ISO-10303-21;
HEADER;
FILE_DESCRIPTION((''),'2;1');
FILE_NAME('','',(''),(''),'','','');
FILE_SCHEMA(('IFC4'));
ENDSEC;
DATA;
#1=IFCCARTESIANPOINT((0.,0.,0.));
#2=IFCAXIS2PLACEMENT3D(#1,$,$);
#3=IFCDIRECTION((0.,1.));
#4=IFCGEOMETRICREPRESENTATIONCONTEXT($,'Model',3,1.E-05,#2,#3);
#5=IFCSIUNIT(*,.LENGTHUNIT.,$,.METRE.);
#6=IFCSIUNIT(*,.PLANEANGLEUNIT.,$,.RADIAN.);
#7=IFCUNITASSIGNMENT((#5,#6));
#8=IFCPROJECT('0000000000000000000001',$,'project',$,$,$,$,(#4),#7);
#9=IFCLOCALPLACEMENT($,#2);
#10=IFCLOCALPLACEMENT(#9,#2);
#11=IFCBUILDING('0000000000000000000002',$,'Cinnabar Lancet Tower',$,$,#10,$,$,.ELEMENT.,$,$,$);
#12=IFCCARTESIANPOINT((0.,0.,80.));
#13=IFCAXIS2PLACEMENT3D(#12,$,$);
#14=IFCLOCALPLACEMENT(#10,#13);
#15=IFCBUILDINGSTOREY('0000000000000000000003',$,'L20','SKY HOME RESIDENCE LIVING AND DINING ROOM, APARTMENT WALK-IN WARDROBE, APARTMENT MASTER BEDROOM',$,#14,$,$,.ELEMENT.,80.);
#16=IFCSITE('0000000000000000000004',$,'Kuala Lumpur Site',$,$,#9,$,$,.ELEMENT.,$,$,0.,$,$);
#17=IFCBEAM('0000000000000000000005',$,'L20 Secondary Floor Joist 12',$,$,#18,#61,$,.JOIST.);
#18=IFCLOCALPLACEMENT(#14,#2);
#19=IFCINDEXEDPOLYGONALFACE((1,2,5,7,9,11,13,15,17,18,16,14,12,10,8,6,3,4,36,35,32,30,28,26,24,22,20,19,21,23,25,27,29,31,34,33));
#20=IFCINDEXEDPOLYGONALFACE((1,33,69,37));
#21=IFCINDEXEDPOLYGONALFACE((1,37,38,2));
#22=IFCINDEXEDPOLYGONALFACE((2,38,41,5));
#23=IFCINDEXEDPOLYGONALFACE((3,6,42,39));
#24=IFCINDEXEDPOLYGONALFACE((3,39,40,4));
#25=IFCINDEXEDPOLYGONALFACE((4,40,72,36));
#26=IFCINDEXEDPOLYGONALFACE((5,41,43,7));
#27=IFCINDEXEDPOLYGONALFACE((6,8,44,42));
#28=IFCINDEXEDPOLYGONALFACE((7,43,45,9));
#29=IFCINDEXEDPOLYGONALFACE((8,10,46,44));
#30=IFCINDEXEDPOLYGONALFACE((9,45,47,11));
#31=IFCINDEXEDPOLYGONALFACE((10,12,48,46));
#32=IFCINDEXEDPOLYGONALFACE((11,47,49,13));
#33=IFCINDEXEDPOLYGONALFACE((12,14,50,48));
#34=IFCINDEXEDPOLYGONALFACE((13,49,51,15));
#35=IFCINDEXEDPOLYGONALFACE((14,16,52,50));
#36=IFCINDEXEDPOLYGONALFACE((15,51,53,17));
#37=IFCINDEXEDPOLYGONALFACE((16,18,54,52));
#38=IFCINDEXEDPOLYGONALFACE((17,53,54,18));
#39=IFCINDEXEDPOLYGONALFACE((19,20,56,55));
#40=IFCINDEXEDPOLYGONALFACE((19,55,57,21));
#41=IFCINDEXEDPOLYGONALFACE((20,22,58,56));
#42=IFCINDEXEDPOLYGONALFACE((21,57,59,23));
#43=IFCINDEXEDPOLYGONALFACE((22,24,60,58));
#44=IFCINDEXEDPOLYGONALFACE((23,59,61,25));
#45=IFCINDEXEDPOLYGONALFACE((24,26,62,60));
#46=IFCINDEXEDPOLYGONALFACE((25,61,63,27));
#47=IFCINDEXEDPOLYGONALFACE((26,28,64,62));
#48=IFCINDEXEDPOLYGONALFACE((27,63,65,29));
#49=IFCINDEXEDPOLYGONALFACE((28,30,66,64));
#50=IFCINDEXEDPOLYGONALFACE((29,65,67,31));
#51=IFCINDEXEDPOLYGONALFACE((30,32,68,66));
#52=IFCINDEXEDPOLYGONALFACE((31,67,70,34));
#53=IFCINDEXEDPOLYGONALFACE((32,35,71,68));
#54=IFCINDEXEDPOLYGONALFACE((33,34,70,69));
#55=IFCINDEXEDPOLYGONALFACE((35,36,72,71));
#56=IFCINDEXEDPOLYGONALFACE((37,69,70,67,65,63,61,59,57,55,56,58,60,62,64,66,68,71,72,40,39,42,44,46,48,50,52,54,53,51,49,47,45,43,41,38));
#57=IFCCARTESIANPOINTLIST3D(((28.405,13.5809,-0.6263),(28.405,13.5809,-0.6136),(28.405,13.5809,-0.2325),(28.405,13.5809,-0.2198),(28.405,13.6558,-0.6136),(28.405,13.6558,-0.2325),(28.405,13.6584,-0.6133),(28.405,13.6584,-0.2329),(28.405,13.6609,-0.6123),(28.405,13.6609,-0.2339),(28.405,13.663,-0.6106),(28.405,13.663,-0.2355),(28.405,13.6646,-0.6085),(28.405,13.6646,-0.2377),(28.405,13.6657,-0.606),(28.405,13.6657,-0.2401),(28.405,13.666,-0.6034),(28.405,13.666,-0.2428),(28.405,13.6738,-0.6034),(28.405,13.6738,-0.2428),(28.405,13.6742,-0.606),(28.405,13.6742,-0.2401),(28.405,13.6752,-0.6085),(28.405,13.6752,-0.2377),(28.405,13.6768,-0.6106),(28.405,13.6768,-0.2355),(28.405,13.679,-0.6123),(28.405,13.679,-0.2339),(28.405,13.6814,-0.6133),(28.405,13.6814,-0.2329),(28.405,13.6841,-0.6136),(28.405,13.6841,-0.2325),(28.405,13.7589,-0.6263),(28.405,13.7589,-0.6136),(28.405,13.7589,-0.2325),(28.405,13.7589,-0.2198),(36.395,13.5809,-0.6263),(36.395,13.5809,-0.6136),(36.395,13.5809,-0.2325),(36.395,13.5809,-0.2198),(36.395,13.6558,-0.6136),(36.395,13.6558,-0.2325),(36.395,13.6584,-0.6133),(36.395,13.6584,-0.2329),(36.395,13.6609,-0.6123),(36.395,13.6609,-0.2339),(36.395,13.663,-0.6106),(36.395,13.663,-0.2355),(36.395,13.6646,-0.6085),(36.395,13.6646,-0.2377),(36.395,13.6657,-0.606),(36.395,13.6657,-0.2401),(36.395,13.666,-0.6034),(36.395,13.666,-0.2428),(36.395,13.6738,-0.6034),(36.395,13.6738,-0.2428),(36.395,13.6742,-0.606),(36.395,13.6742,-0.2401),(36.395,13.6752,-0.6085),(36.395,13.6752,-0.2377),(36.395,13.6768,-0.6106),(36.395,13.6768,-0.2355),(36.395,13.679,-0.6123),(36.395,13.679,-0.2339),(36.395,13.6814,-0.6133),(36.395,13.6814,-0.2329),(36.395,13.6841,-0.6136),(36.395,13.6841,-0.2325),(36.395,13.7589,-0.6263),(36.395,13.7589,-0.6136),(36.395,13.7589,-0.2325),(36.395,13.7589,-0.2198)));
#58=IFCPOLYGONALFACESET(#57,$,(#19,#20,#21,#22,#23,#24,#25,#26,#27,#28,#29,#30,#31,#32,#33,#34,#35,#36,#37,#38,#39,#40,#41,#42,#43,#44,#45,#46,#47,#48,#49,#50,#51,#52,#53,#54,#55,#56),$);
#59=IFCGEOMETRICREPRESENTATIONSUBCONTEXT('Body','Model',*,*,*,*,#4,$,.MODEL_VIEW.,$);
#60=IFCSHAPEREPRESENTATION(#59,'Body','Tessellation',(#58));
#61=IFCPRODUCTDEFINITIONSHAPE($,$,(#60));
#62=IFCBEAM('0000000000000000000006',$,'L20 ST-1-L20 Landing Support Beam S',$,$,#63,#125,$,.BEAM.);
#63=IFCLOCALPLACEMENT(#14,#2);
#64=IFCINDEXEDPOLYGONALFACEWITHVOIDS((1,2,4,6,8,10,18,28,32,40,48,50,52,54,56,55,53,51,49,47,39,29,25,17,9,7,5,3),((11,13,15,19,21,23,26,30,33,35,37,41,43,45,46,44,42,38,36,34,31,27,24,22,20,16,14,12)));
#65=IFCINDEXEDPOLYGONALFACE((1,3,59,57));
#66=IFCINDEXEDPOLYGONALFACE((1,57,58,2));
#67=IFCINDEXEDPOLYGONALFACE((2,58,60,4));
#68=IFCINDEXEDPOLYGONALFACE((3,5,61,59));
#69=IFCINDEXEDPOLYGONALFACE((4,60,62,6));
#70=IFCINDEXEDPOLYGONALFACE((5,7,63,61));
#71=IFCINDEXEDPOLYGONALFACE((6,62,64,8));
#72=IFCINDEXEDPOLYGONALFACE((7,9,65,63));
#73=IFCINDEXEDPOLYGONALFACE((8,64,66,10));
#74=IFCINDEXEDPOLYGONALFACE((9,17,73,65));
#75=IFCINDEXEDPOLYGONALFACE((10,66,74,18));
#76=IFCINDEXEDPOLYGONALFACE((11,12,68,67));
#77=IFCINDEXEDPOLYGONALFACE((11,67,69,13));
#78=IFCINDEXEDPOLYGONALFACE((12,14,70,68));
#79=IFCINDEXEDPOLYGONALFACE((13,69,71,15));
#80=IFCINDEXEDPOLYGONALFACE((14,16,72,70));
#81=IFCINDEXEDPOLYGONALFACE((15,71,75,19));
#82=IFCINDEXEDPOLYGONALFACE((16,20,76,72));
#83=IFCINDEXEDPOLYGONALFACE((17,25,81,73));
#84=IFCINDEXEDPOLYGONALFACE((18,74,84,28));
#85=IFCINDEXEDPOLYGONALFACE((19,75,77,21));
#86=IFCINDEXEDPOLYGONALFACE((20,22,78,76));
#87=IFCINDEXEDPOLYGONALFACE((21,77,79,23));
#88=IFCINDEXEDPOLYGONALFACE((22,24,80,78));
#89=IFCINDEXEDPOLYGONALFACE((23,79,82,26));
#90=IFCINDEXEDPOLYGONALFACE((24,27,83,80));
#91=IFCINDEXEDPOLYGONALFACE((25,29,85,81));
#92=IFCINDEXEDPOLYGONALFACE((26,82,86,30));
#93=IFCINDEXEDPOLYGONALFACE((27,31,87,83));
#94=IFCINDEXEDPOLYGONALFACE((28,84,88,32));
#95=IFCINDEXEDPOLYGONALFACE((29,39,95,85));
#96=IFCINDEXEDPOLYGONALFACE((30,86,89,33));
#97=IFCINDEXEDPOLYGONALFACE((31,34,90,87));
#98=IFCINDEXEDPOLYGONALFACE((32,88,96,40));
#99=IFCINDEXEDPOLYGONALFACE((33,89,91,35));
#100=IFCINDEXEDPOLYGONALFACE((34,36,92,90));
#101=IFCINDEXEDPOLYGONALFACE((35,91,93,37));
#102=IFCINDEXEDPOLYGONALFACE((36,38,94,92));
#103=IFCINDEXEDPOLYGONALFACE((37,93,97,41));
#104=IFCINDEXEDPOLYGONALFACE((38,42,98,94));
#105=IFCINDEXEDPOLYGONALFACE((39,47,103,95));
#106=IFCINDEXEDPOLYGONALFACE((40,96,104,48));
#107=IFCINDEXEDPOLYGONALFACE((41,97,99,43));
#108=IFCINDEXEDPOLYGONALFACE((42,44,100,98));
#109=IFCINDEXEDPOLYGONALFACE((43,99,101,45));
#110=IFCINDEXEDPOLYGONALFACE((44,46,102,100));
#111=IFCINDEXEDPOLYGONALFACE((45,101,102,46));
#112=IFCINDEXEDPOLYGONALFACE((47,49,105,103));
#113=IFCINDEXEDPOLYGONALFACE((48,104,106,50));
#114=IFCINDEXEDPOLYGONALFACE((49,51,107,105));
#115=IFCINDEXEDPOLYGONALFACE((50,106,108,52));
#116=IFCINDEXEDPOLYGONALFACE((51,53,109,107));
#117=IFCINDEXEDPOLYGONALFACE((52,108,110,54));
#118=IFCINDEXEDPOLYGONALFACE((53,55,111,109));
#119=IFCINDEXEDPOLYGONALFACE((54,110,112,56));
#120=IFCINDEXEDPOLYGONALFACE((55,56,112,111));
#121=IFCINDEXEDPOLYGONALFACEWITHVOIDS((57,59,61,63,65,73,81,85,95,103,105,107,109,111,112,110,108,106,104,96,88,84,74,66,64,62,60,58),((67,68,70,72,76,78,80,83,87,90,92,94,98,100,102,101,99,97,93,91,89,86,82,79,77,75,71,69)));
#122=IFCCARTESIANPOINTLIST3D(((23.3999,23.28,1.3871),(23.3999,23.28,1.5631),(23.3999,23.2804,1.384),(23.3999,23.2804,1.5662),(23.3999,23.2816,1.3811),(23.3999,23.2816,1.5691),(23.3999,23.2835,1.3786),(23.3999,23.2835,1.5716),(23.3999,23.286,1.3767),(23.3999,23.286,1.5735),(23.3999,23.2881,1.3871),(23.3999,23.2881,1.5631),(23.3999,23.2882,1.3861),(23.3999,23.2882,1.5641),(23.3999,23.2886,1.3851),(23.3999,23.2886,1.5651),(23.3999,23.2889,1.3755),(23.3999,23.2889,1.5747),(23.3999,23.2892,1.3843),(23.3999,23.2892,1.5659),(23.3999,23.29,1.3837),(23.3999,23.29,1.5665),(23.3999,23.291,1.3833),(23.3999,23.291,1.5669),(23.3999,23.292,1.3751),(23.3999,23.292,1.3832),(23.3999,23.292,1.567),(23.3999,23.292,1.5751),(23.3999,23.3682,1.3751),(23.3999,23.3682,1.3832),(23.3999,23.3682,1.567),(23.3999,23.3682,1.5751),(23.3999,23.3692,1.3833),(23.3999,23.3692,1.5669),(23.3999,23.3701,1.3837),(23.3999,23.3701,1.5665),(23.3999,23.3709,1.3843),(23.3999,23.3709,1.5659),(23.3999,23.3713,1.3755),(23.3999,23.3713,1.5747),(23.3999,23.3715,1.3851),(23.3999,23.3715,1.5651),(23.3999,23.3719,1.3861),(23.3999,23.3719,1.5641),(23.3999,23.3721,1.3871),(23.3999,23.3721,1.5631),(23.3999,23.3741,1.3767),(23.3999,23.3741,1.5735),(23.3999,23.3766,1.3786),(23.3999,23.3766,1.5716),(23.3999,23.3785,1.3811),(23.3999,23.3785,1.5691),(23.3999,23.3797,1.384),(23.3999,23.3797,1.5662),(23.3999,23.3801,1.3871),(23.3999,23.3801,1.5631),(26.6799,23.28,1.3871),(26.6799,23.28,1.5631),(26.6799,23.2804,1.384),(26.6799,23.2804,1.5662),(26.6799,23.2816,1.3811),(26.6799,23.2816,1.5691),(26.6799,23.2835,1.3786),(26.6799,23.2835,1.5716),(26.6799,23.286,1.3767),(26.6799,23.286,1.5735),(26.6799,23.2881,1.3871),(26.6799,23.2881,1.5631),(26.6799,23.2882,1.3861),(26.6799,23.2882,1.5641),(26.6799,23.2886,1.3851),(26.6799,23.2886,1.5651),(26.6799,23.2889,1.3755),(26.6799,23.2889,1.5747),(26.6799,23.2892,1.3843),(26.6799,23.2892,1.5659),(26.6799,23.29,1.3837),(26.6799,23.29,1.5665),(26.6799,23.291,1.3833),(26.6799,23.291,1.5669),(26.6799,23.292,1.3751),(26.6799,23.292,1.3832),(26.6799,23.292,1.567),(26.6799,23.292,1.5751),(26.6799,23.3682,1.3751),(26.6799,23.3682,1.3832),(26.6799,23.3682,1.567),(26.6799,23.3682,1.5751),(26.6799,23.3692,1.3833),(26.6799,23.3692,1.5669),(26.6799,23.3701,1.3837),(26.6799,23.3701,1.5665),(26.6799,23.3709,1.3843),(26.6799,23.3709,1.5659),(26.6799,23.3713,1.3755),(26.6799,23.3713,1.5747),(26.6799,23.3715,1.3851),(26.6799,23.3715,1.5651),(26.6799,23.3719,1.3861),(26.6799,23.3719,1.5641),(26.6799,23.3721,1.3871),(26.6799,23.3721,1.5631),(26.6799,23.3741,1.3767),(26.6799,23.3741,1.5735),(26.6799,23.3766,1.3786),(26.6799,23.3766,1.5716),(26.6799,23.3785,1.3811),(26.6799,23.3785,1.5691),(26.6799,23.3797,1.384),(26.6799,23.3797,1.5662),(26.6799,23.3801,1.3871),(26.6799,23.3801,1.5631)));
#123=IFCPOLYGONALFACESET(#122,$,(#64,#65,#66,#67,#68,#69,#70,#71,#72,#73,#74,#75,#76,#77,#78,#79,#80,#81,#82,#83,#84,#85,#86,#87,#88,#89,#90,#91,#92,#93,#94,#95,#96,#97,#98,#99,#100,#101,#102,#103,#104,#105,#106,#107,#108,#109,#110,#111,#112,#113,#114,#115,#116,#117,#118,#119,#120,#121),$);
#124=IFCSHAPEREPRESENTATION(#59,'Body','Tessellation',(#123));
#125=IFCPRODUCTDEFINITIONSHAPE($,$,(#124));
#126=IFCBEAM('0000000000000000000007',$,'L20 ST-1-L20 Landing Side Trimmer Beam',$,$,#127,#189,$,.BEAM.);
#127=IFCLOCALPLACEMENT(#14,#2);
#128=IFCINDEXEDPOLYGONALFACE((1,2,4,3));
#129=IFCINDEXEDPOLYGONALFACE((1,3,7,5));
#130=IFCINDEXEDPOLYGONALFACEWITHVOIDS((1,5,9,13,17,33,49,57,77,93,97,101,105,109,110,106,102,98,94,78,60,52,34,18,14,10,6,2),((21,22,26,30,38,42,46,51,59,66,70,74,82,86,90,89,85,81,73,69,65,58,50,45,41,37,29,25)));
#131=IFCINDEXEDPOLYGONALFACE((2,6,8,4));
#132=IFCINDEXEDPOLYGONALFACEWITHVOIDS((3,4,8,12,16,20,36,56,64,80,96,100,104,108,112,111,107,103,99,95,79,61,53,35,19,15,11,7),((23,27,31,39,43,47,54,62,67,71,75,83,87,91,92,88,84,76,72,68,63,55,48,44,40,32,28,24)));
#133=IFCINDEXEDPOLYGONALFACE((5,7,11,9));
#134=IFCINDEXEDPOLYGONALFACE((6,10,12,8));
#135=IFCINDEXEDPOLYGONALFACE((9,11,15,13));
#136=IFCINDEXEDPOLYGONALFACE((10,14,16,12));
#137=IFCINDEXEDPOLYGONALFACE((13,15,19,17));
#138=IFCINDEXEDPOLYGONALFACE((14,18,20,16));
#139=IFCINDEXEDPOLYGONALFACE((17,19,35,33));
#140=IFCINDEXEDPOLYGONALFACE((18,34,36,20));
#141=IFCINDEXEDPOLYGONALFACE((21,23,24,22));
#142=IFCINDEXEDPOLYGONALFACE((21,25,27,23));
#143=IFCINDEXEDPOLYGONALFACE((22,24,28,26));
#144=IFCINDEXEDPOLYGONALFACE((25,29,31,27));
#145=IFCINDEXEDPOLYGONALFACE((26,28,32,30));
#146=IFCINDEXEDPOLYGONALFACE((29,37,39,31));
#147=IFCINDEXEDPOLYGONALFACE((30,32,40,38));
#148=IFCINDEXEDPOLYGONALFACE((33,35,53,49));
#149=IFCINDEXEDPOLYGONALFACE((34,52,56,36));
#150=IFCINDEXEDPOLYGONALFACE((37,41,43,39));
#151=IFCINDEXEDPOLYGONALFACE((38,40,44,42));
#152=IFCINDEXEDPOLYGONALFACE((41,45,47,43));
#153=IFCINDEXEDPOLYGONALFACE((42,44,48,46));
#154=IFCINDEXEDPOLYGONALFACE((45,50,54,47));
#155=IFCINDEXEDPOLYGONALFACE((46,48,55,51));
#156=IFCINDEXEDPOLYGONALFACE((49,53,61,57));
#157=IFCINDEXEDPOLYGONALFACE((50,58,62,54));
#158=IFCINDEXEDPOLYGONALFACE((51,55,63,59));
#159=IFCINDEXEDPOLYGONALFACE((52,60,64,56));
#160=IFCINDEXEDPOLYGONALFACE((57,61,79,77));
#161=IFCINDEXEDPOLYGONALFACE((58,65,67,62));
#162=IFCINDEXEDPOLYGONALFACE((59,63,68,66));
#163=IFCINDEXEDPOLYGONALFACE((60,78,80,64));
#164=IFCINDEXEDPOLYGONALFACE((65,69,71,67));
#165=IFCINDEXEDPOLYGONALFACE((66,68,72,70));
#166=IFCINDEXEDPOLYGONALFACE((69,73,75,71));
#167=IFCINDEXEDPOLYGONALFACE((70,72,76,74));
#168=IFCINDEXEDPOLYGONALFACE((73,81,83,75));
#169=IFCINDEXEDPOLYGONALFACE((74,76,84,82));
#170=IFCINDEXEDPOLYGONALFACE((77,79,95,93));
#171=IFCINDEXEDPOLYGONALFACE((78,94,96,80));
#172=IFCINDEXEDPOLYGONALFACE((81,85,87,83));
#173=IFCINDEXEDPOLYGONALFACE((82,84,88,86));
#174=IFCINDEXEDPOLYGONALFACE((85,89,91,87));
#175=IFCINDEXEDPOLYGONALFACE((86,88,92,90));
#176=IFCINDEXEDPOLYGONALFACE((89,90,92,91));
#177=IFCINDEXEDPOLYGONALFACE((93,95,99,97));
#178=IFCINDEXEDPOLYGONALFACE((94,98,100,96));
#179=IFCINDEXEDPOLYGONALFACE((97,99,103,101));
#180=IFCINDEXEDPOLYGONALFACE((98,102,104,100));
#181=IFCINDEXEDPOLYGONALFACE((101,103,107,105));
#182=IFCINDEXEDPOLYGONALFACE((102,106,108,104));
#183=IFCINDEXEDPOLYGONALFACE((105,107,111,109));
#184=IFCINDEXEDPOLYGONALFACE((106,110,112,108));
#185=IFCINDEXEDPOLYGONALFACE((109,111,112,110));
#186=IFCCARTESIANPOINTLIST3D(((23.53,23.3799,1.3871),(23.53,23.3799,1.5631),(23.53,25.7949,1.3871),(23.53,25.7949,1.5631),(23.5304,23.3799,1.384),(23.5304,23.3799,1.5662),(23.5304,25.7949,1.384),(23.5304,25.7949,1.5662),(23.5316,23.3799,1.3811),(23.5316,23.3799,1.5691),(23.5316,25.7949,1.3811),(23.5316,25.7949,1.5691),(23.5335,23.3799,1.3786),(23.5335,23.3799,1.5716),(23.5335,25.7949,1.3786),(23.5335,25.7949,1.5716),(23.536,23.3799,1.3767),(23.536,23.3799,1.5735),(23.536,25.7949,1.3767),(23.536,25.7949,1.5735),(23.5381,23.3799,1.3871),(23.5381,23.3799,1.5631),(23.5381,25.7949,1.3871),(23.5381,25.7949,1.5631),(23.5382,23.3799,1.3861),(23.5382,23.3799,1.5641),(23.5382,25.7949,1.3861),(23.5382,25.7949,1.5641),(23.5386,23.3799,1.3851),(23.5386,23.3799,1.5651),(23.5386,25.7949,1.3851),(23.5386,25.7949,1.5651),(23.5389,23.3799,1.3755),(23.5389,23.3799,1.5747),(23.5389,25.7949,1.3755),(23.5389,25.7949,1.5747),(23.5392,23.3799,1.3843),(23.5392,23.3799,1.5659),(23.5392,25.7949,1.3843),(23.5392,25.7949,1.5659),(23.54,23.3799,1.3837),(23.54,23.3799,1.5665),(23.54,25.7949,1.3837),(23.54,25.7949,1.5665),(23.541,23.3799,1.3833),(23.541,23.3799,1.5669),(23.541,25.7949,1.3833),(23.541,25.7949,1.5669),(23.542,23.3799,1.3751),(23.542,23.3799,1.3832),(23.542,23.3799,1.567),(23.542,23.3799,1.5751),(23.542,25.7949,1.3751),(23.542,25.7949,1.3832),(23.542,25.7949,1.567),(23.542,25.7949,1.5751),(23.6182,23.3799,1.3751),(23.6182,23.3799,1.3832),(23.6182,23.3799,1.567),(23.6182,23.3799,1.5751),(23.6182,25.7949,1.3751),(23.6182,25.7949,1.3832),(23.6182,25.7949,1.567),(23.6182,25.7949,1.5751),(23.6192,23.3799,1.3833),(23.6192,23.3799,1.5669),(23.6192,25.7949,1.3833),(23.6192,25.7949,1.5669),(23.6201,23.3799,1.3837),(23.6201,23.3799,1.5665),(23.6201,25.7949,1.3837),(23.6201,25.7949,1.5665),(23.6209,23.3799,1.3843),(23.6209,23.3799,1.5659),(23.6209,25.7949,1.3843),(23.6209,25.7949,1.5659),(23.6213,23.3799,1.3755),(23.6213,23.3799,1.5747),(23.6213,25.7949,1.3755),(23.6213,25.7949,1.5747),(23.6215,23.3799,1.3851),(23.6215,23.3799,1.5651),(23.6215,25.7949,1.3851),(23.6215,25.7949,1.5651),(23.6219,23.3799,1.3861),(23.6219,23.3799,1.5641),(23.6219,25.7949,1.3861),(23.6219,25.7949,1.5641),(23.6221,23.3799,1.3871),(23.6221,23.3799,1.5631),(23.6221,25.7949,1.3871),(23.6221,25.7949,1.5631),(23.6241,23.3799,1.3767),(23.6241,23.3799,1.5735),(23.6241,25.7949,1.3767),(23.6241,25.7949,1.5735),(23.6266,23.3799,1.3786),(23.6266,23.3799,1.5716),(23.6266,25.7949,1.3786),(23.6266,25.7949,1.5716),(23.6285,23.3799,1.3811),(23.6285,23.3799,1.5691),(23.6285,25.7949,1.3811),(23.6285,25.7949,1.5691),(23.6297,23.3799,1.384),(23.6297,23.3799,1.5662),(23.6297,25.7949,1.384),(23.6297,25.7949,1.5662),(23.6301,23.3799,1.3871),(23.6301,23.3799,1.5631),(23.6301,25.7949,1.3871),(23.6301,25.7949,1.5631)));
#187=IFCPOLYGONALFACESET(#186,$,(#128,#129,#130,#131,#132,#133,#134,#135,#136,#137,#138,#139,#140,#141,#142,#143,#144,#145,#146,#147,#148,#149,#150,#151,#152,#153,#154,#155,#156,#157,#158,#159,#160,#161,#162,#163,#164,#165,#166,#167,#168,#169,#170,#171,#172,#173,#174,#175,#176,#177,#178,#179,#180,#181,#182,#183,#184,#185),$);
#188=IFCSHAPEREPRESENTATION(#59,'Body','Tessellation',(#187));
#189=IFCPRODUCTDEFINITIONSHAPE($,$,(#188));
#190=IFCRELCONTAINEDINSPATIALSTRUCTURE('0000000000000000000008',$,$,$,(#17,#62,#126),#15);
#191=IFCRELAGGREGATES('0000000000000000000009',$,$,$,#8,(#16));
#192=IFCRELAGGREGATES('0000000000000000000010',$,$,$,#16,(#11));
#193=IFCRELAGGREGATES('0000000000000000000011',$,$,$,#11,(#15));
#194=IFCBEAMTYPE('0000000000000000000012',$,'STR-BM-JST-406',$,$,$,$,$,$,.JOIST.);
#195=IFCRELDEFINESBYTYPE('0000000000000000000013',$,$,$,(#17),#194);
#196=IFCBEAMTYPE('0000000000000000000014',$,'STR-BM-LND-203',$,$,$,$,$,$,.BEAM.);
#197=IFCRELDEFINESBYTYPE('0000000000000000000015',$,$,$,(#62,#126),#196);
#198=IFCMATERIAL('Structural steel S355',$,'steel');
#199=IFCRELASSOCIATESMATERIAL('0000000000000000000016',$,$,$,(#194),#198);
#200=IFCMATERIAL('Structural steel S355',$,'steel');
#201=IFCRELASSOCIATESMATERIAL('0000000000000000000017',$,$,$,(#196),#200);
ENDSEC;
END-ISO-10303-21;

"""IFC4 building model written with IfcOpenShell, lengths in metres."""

from ifc_helpers import new_model, si_unit, direction, frame, origin, origin_2d, place, context, subcontext, project, spatial, hollow_rectangle, i_section, extrude, material, material_profile, profile_set, type_object, element, save


model = new_model("IFC4")

# Units and contexts
model_context = context("Model", 3, precision=1e-05, world=origin(), true_north=direction((0.0, 1.0)))
body_context = subcontext(model_context, "Body", "Model", "MODEL_VIEW")
ifc_project = project(units=[si_unit("LENGTHUNIT", "METRE"), si_unit("PLANEANGLEUNIT", "RADIAN")], contexts=[model_context])

# Site, building, storey
site_placement = place(None, origin())
site = spatial("IfcSite", under=ifc_project, at=site_placement, Name="Kuala Lumpur Site", CompositionType="ELEMENT", RefElevation=0.0)
building_placement = place(site_placement, origin())
building = spatial("IfcBuilding", under=site, at=building_placement, Name="Cinnabar Lancet Tower", CompositionType="ELEMENT")
storey_placement = place(building_placement, frame((0.0, 0.0, 80.0)))
storey = spatial("IfcBuildingStorey", under=building, at=storey_placement, Name="L20", Description="SKY HOME RESIDENCE LIVING AND DINING ROOM, APARTMENT WALK-IN WARDROBE, APARTMENT MASTER BEDROOM", CompositionType="ELEMENT", Elevation=80.0)

# Beams
ifc_material_1 = material(Name="Structural steel S355", Category="steel")
ifc_material_profile_1 = material_profile(ifc_material_1, i_section(OverallWidth=0.178, OverallDepth=0.4065, WebThickness=0.0078, FlangeThickness=0.0127, FilletRadius=0.0103, at=origin_2d()), Name="UKB 406x178x60")
ifc_profile_set_1 = profile_set([ifc_material_profile_1], Name="Structural steel S355")
beam_type_1 = type_object("IfcBeamType", Name="STR-BM-JST-406", PredefinedType="JOIST", material=ifc_profile_set_1)
beam_1_placement = place(storey_placement, frame((28.405, 13.6699, -0.4231), z_axis=(1.0, 0.0, 0.0), x_axis=(0.0, 1.0, 0.0)))
element("IfcBeam", 1, at=beam_1_placement, inside=storey, type_object=beam_type_1, Name="L20 Secondary Floor Joist 12", PredefinedType="JOIST", context=body_context, shape_type="SweptSolid", body=[
    extrude(i_section(OverallWidth=0.178, OverallDepth=0.4065, WebThickness=0.0078, FlangeThickness=0.0127, FilletRadius=0.0103, at=origin_2d()), origin(), (0.0, 0.0, 1.0), 7.99),
])
ifc_material_2 = material(Name="Structural steel S355", Category="steel")
ifc_material_profile_2 = material_profile(ifc_material_2, hollow_rectangle(XDim=0.1001, YDim=0.2, WallThickness=0.0081, InnerFilletRadius=0.0039, OuterFilletRadius=0.012, at=origin_2d()), Name="RHS 200x100x8")
ifc_profile_set_2 = profile_set([ifc_material_profile_2], Name="Structural steel S355")
beam_type_2 = type_object("IfcBeamType", Name="STR-BM-LND-203", PredefinedType="BEAM", material=ifc_profile_set_2)
beam_2_placement = place(storey_placement, frame((23.3999, 23.3301, 1.4751), z_axis=(1.0, 0.0, 0.0), x_axis=(0.0, 1.0, 0.0)))
element("IfcBeam", 2, at=beam_2_placement, inside=storey, type_object=beam_type_2, Name="L20 ST-1-L20 Landing Support Beam S", PredefinedType="BEAM", context=body_context, shape_type="SweptSolid", body=[
    extrude(hollow_rectangle(XDim=0.1001, YDim=0.2, WallThickness=0.0081, InnerFilletRadius=0.0039, OuterFilletRadius=0.012, at=origin_2d()), origin(), (0.0, 0.0, 1.0), 3.28),
])
beam_3_placement = place(storey_placement, frame((23.5801, 23.3799, 1.4751), z_axis=(0.0, 1.0, 0.0), x_axis=(-1.0, 0.0, 0.0)))
element("IfcBeam", 3, at=beam_3_placement, inside=storey, type_object=beam_type_2, Name="L20 ST-1-L20 Landing Side Trimmer Beam", PredefinedType="BEAM", context=body_context, shape_type="SweptSolid", body=[
    extrude(hollow_rectangle(XDim=0.1001, YDim=0.2, WallThickness=0.0081, InnerFilletRadius=0.0039, OuterFilletRadius=0.012, at=origin_2d()), origin(), (0.0, 0.0, 1.0), 2.415),
])

save(model, "model.ifc")
